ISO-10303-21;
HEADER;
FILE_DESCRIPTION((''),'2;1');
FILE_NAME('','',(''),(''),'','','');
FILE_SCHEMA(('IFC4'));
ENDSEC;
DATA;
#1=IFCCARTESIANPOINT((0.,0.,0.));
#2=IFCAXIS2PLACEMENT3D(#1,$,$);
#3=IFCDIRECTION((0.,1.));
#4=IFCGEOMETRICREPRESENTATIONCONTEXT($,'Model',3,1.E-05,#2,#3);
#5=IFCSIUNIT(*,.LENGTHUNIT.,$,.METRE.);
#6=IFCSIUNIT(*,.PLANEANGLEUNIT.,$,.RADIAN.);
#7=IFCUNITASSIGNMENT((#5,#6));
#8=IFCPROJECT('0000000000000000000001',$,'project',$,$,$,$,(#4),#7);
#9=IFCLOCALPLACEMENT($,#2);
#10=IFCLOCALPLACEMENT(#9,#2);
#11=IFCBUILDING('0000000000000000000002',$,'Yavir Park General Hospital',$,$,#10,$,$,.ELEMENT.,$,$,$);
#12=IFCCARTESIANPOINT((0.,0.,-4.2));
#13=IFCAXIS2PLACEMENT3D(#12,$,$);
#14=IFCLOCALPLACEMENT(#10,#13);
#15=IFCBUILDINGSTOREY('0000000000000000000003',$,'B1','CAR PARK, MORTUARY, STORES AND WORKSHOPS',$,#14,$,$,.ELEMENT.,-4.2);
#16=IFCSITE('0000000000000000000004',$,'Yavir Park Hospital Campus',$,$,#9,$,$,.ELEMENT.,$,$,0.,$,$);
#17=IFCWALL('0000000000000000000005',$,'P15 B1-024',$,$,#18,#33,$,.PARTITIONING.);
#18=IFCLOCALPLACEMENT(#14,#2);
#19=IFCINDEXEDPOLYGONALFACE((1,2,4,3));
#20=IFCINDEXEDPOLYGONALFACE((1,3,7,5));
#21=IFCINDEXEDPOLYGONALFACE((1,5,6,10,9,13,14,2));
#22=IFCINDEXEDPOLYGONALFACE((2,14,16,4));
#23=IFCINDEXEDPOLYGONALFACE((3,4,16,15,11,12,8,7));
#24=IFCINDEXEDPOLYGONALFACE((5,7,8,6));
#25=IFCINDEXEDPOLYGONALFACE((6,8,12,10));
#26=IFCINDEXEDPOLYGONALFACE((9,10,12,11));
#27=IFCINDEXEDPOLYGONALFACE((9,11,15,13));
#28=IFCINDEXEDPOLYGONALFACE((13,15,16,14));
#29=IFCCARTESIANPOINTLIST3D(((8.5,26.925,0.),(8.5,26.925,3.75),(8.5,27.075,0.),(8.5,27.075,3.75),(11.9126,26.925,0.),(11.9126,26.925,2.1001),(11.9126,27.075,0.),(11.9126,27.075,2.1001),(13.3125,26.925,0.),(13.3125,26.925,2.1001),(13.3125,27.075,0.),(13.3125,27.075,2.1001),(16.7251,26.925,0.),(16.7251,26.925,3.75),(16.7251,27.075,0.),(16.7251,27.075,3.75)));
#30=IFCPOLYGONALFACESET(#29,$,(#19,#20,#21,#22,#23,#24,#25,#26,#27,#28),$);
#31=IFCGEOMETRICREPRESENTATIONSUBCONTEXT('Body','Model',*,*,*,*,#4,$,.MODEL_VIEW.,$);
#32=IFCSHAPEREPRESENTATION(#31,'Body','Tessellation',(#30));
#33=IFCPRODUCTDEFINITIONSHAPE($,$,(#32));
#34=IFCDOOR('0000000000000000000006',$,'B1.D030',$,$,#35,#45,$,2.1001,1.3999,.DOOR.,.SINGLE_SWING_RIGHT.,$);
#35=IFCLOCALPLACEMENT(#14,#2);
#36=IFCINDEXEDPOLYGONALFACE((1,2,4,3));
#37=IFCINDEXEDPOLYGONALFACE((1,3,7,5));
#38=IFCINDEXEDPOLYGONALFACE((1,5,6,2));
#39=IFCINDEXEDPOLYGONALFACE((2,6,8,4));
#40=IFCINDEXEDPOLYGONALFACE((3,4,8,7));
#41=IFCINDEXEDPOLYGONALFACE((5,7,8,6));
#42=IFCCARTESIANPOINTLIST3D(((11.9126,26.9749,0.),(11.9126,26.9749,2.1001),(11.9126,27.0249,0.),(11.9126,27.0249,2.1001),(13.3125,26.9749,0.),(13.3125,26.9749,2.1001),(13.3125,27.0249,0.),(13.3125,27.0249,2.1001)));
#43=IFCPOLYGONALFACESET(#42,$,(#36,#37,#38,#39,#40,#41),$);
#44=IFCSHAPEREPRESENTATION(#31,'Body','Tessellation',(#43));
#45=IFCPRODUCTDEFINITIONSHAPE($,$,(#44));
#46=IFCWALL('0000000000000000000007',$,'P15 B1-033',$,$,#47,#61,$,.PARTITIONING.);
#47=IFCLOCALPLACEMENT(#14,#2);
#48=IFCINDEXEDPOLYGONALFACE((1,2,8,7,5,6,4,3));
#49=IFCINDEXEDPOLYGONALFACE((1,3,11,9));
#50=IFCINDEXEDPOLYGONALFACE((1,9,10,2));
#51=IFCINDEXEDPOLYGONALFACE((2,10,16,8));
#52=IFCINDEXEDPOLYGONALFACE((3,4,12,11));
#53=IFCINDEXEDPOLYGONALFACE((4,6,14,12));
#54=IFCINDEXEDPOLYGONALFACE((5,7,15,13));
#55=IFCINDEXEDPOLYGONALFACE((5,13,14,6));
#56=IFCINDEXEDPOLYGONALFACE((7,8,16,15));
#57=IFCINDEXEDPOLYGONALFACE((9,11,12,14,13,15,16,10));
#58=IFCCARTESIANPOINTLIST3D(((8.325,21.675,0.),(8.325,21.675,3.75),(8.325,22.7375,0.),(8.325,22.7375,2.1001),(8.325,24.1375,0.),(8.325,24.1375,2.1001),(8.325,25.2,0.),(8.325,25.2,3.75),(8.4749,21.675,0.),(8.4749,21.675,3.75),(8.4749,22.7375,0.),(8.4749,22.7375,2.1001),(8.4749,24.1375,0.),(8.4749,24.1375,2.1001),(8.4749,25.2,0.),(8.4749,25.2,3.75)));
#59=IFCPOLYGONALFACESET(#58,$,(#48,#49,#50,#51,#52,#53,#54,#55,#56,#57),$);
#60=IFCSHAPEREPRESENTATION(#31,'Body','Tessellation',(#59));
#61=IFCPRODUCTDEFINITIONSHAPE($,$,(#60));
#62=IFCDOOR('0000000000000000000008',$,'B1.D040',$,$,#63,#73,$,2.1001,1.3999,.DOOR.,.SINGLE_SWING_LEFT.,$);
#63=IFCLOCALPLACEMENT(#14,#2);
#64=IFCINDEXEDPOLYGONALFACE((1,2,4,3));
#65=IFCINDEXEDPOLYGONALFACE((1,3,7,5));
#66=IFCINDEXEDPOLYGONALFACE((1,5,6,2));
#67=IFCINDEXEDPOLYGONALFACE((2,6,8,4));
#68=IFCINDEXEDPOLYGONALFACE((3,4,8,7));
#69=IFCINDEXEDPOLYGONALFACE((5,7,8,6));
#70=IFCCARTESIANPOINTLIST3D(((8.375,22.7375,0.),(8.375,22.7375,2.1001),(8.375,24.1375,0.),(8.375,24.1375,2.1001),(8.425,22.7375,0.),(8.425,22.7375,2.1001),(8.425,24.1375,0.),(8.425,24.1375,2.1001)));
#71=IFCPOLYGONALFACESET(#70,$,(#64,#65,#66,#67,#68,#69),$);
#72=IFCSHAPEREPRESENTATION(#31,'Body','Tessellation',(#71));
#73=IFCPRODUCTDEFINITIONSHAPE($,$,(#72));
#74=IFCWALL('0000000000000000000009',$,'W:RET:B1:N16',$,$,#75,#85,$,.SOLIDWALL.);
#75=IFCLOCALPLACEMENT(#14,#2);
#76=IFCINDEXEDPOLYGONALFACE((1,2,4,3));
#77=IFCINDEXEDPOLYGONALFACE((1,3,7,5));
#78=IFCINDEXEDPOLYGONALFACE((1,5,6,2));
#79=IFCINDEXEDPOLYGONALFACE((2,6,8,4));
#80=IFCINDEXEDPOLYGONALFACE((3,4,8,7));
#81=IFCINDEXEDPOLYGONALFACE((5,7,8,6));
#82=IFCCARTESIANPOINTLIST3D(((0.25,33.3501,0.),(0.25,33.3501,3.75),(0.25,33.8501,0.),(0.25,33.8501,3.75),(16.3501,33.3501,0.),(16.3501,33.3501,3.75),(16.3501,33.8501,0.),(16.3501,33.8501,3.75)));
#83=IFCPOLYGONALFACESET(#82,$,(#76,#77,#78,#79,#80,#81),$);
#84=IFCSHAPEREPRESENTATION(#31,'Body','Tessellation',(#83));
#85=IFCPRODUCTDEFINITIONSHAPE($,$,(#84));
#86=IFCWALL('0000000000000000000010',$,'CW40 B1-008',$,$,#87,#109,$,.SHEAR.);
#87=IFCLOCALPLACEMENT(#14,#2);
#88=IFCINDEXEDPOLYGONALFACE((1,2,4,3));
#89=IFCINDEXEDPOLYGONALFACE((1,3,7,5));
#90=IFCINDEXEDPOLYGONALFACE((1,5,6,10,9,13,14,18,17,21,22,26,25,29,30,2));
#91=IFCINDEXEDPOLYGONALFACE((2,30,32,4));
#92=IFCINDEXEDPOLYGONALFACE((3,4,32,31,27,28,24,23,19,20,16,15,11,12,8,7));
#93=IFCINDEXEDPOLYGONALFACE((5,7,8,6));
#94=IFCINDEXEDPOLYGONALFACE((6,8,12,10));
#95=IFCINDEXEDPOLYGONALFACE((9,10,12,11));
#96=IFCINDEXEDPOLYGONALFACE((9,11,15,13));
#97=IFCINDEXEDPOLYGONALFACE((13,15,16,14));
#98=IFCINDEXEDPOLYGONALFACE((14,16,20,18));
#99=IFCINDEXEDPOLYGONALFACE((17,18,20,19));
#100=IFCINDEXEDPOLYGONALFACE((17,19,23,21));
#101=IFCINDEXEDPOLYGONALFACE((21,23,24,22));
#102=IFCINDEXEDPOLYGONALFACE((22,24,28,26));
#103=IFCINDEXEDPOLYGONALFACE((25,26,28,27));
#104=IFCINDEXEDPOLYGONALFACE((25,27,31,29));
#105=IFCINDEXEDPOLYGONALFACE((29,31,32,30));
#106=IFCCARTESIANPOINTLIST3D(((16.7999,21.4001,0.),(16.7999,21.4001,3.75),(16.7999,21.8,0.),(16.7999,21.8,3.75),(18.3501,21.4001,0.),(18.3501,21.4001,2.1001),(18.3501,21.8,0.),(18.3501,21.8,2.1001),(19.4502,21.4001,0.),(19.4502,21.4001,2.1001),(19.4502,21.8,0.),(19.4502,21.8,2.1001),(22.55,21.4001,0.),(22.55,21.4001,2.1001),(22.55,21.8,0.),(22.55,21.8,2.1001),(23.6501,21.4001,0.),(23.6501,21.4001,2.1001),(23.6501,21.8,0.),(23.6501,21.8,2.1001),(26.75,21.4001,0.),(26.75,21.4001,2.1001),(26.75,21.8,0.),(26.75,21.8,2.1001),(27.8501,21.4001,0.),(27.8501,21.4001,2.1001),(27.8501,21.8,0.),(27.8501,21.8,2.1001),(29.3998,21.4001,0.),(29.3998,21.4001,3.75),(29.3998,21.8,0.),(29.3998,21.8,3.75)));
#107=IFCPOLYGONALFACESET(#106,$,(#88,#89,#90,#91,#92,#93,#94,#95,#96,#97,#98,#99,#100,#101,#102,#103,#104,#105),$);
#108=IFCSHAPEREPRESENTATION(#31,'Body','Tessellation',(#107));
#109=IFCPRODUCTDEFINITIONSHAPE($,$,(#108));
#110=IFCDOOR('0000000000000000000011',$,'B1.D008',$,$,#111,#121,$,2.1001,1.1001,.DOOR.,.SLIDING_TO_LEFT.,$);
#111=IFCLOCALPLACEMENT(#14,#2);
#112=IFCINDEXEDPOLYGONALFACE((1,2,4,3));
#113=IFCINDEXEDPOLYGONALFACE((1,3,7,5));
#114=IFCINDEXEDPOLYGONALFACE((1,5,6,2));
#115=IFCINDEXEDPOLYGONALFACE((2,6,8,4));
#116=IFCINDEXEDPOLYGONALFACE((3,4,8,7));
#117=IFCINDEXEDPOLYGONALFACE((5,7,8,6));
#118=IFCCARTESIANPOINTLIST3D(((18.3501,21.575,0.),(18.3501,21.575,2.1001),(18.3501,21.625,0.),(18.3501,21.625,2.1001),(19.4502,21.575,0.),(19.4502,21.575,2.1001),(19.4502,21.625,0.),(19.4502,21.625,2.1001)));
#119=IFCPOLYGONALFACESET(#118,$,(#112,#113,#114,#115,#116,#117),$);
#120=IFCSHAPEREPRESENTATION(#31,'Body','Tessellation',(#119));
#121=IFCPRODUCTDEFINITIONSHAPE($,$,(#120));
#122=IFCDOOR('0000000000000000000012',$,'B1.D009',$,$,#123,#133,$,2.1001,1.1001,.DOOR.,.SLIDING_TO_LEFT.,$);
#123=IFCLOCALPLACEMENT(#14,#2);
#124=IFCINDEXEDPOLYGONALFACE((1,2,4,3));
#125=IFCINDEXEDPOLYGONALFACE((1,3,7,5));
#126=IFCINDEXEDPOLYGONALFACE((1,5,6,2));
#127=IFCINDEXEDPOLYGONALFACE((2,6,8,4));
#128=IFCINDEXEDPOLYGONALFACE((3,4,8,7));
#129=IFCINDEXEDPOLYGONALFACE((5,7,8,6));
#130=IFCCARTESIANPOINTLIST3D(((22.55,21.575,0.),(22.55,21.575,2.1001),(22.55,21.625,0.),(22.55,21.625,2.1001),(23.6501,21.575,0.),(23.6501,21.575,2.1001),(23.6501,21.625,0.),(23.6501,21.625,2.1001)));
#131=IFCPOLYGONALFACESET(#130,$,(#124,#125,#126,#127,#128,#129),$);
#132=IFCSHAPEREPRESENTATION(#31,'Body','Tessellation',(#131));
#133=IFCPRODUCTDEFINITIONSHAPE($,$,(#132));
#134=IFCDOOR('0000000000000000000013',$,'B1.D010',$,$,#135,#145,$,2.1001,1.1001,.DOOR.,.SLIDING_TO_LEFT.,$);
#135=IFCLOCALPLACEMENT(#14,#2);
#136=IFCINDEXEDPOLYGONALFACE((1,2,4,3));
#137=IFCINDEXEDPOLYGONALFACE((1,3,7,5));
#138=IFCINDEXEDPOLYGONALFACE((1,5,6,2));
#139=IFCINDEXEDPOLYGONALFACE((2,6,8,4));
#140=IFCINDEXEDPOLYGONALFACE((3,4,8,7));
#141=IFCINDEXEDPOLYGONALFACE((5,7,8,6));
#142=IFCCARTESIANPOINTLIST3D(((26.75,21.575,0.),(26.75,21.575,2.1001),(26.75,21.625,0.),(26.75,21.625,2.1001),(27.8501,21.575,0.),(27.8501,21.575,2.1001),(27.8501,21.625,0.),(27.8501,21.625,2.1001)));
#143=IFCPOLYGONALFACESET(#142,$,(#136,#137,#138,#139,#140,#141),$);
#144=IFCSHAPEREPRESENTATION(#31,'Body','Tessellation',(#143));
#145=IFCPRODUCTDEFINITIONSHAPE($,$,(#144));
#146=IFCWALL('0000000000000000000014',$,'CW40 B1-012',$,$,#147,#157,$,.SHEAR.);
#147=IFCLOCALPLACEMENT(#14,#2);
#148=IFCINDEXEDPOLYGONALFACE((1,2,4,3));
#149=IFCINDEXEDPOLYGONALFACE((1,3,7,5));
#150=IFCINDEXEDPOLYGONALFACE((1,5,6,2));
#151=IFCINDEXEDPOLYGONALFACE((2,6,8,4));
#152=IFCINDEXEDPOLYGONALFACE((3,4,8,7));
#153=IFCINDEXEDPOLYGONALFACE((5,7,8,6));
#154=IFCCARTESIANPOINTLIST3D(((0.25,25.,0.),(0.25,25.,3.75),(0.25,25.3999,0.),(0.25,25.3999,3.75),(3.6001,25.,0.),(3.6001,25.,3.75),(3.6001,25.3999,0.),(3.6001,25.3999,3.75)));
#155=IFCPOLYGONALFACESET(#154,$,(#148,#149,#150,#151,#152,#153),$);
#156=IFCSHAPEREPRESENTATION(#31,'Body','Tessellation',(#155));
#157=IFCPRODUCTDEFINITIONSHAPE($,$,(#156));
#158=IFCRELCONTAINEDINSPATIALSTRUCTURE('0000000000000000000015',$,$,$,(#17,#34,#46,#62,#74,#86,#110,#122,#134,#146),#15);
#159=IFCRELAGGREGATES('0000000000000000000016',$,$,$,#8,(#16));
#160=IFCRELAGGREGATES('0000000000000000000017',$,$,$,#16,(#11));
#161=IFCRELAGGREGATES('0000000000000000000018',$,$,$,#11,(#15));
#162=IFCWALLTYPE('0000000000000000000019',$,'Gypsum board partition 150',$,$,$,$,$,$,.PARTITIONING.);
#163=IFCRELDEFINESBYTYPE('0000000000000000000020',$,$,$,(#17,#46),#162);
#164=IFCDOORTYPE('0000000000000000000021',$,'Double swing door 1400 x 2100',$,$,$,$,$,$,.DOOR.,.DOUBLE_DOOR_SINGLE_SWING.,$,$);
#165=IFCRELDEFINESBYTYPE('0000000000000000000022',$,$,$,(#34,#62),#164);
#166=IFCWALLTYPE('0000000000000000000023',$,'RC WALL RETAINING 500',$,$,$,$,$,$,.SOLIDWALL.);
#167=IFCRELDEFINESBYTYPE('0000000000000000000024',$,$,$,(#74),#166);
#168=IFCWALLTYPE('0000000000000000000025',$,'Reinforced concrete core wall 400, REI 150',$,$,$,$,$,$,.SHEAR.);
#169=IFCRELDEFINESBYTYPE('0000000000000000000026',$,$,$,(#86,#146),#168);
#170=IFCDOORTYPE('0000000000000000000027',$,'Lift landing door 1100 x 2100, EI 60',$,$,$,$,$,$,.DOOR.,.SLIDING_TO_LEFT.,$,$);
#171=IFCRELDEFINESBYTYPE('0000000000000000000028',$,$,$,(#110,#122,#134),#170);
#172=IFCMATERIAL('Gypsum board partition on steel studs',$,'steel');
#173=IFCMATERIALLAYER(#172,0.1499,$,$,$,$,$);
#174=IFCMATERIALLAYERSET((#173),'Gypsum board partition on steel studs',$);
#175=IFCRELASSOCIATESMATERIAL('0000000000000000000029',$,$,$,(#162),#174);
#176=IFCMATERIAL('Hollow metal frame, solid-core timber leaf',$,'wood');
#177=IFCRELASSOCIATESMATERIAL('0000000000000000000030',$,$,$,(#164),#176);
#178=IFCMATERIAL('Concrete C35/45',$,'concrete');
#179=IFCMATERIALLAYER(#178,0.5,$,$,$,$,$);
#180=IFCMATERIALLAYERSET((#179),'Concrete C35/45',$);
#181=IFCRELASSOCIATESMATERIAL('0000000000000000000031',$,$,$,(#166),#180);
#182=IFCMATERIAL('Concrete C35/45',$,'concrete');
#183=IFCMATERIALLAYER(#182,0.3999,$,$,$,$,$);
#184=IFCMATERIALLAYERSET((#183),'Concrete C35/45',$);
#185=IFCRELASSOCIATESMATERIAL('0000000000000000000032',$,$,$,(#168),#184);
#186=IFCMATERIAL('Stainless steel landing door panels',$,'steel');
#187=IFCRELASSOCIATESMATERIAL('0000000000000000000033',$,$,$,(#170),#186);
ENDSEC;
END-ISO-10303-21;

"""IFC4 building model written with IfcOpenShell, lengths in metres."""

from ifc_helpers import new_model, si_unit, direction, frame, frame_2d, origin, place, context, subcontext, project, spatial, rectangle, extrude, material, layer, layer_set, type_object, element, fill, save


model = new_model("IFC4")

# Units and contexts
model_context = context("Model", 3, precision=1e-05, world=origin(), true_north=direction((0.0, 1.0)))
body_context = subcontext(model_context, "Body", "Model", "MODEL_VIEW")
ifc_project = project(units=[si_unit("LENGTHUNIT", "METRE"), si_unit("PLANEANGLEUNIT", "RADIAN")], contexts=[model_context])

# Site, building, storey
site_placement = place(None, origin())
site = spatial("IfcSite", under=ifc_project, at=site_placement, Name="Yavir Park Hospital Campus", CompositionType="ELEMENT", RefElevation=0.0)
building_placement = place(site_placement, origin())
building = spatial("IfcBuilding", under=site, at=building_placement, Name="Yavir Park General Hospital", CompositionType="ELEMENT")
storey_placement = place(building_placement, frame((0.0, 0.0, -4.2)))
storey = spatial("IfcBuildingStorey", under=building, at=storey_placement, Name="B1", Description="CAR PARK, MORTUARY, STORES AND WORKSHOPS", CompositionType="ELEMENT", Elevation=-4.2)

# Shared definitions
ifc_material_1 = material(Name="Gypsum board partition on steel studs", Category="steel")
ifc_layer_1 = layer(ifc_material_1, 0.1499)
ifc_layer_set_1 = layer_set([ifc_layer_1], Name="Gypsum board partition on steel studs")
wall_type_1 = type_object("IfcWallType", Name="Gypsum board partition 150", PredefinedType="PARTITIONING", material=ifc_layer_set_1)
ifc_material_2 = material(Name="Hollow metal frame, solid-core timber leaf", Category="wood")
door_type_1 = type_object("IfcDoorType", Name="Double swing door 1400 x 2100", OperationType="DOUBLE_DOOR_SINGLE_SWING", PredefinedType="DOOR", material=ifc_material_2)

# Walls, openings, doors
wall_1_placement = place(storey_placement, frame((8.5, 27.0, 0.0), z_axis=(0.0, 0.0, 1.0), x_axis=(1.0, 0.0, 0.0)))
wall_1 = element("IfcWall", 1, at=wall_1_placement, inside=storey, type_object=wall_type_1, Name="P15 B1-024", PredefinedType="PARTITIONING", context=body_context, shape_type="SweptSolid", body=[
    extrude(rectangle(XDim=8.2251, YDim=0.1499, at=frame_2d((4.1125, 0.0))), origin(), (0.0, 0.0, 1.0), 3.75),
])
opening_1_placement = place(wall_1_placement, frame((3.4126, 0.0, 0.0)))
opening_1 = element("IfcOpeningElement", 2, at=opening_1_placement, cuts=wall_1, PredefinedType="OPENING", context=body_context, shape_type="SweptSolid", body=[
    extrude(rectangle(XDim=1.3999, YDim=2.1001, at=frame_2d((0.7, 1.05))), frame((0.0, 0.085, 0.0), z_axis=(0.0, -1.0, 0.0), x_axis=(1.0, 0.0, 0.0)), (0.0, 0.0, 1.0), 0.1699),
])
door_1_placement = place(opening_1_placement, origin())
door_1 = element("IfcDoor", 3, at=door_1_placement, inside=storey, type_object=door_type_1, Name="B1.D030", OperationType="SINGLE_SWING_RIGHT", OverallHeight=2.1001, OverallWidth=1.3999, PredefinedType="DOOR", context=body_context, shape_type="SweptSolid", body=[
    extrude(rectangle(XDim=1.3999, YDim=2.1001, at=frame_2d((0.7, 1.05))), frame((0.0, 0.0249, 0.0), z_axis=(0.0, -1.0, 0.0), x_axis=(1.0, 0.0, 0.0)), (0.0, 0.0, 1.0), 0.05),
])
fill(opening_1, door_1)
wall_2_placement = place(storey_placement, frame((8.3999, 21.675, 0.0), z_axis=(0.0, 0.0, 1.0), x_axis=(0.0, 1.0, 0.0)))
wall_2 = element("IfcWall", 4, at=wall_2_placement, inside=storey, type_object=wall_type_1, Name="P15 B1-033", PredefinedType="PARTITIONING", context=body_context, shape_type="SweptSolid", body=[
    extrude(rectangle(XDim=3.5249, YDim=0.1499, at=frame_2d((1.7625, 0.0))), origin(), (0.0, 0.0, 1.0), 3.75),
])
opening_2_placement = place(wall_2_placement, frame((1.0625, 0.0, 0.0)))
opening_2 = element("IfcOpeningElement", 5, at=opening_2_placement, cuts=wall_2, PredefinedType="OPENING", context=body_context, shape_type="SweptSolid", body=[
    extrude(rectangle(XDim=1.3999, YDim=2.1001, at=frame_2d((0.7, 1.05))), frame((0.0, 0.085, 0.0), z_axis=(0.0, -1.0, 0.0), x_axis=(1.0, 0.0, 0.0)), (0.0, 0.0, 1.0), 0.1699),
])
door_2_placement = place(opening_2_placement, origin())
door_2 = element("IfcDoor", 6, at=door_2_placement, inside=storey, type_object=door_type_1, Name="B1.D040", OperationType="SINGLE_SWING_LEFT", OverallHeight=2.1001, OverallWidth=1.3999, PredefinedType="DOOR", context=body_context, shape_type="SweptSolid", body=[
    extrude(rectangle(XDim=1.3999, YDim=2.1001, at=frame_2d((0.7, 1.05))), frame((0.0, 0.0249, 0.0), z_axis=(0.0, -1.0, 0.0), x_axis=(1.0, 0.0, 0.0)), (0.0, 0.0, 1.0), 0.05),
])
fill(opening_2, door_2)

# Wall
ifc_material_3 = material(Name="Concrete C35/45", Category="concrete")
ifc_layer_2 = layer(ifc_material_3, 0.5)
ifc_layer_set_2 = layer_set([ifc_layer_2], Name="Concrete C35/45")
wall_type_2 = type_object("IfcWallType", Name="RC WALL RETAINING 500", PredefinedType="SOLIDWALL", material=ifc_layer_set_2)
wall_3_placement = place(storey_placement, frame((0.25, 33.6001, 0.0), z_axis=(0.0, 0.0, 1.0), x_axis=(1.0, 0.0, 0.0)))
element("IfcWall", 7, at=wall_3_placement, inside=storey, type_object=wall_type_2, Name="W:RET:B1:N16", PredefinedType="SOLIDWALL", context=body_context, shape_type="SweptSolid", body=[
    extrude(rectangle(XDim=16.1001, YDim=0.5, at=frame_2d((8.05, 0.0))), origin(), (0.0, 0.0, 1.0), 3.75),
])

# Wall, openings, doors
ifc_material_4 = material(Name="Concrete C35/45", Category="concrete")
ifc_layer_3 = layer(ifc_material_4, 0.3999)
ifc_layer_set_3 = layer_set([ifc_layer_3], Name="Concrete C35/45")
wall_type_3 = type_object("IfcWallType", Name="Reinforced concrete core wall 400, REI 150", PredefinedType="SHEAR", material=ifc_layer_set_3)
wall_4_placement = place(storey_placement, frame((16.8, 21.6001, 0.0), z_axis=(0.0, 0.0, 1.0), x_axis=(1.0, 0.0, 0.0)))
wall_4 = element("IfcWall", 8, at=wall_4_placement, inside=storey, type_object=wall_type_3, Name="CW40 B1-008", PredefinedType="SHEAR", context=body_context, shape_type="SweptSolid", body=[
    extrude(rectangle(XDim=12.5999, YDim=0.3999, at=frame_2d((6.2998, 0.0))), origin(), (0.0, 0.0, 1.0), 3.75),
])
opening_3_placement = place(wall_4_placement, frame((1.55, 0.0, 0.0)))
opening_3 = element("IfcOpeningElement", 9, at=opening_3_placement, cuts=wall_4, PredefinedType="OPENING", context=body_context, shape_type="SweptSolid", body=[
    extrude(rectangle(XDim=1.1001, YDim=2.1001, at=frame_2d((0.55, 1.05))), frame((0.0, 0.21, 0.0), z_axis=(0.0, -1.0, 0.0), x_axis=(1.0, 0.0, 0.0)), (0.0, 0.0, 1.0), 0.4199),
])
opening_4_placement = place(wall_4_placement, frame((5.75, 0.0, 0.0)))
opening_4 = element("IfcOpeningElement", 10, at=opening_4_placement, cuts=wall_4, PredefinedType="OPENING", context=body_context, shape_type="SweptSolid", body=[
    extrude(rectangle(XDim=1.1001, YDim=2.1001, at=frame_2d((0.55, 1.05))), frame((0.0, 0.21, 0.0), z_axis=(0.0, -1.0, 0.0), x_axis=(1.0, 0.0, 0.0)), (0.0, 0.0, 1.0), 0.4199),
])
opening_5_placement = place(wall_4_placement, frame((9.95, 0.0, 0.0)))
opening_5 = element("IfcOpeningElement", 11, at=opening_5_placement, cuts=wall_4, PredefinedType="OPENING", context=body_context, shape_type="SweptSolid", body=[
    extrude(rectangle(XDim=1.1001, YDim=2.1001, at=frame_2d((0.55, 1.05))), frame((0.0, 0.21, 0.0), z_axis=(0.0, -1.0, 0.0), x_axis=(1.0, 0.0, 0.0)), (0.0, 0.0, 1.0), 0.4199),
])
ifc_material_5 = material(Name="Stainless steel landing door panels", Category="steel")
door_type_2 = type_object("IfcDoorType", Name="Lift landing door 1100 x 2100, EI 60", OperationType="SLIDING_TO_LEFT", PredefinedType="DOOR", material=ifc_material_5)
door_3_placement = place(opening_3_placement, origin())
door_3 = element("IfcDoor", 12, at=door_3_placement, inside=storey, type_object=door_type_2, Name="B1.D008", OperationType="SLIDING_TO_LEFT", OverallHeight=2.1001, OverallWidth=1.1001, PredefinedType="DOOR", context=body_context, shape_type="SweptSolid", body=[
    extrude(rectangle(XDim=1.1001, YDim=2.1001, at=frame_2d((0.55, 1.05))), frame((0.0, 0.0249, 0.0), z_axis=(0.0, -1.0, 0.0), x_axis=(1.0, 0.0, 0.0)), (0.0, 0.0, 1.0), 0.05),
])
fill(opening_3, door_3)
door_4_placement = place(opening_4_placement, origin())
door_4 = element("IfcDoor", 13, at=door_4_placement, inside=storey, type_object=door_type_2, Name="B1.D009", OperationType="SLIDING_TO_LEFT", OverallHeight=2.1001, OverallWidth=1.1001, PredefinedType="DOOR", context=body_context, shape_type="SweptSolid", body=[
    extrude(rectangle(XDim=1.1001, YDim=2.1001, at=frame_2d((0.55, 1.05))), frame((0.0, 0.0249, 0.0), z_axis=(0.0, -1.0, 0.0), x_axis=(1.0, 0.0, 0.0)), (0.0, 0.0, 1.0), 0.05),
])
fill(opening_4, door_4)
door_5_placement = place(opening_5_placement, origin())
door_5 = element("IfcDoor", 14, at=door_5_placement, inside=storey, type_object=door_type_2, Name="B1.D010", OperationType="SLIDING_TO_LEFT", OverallHeight=2.1001, OverallWidth=1.1001, PredefinedType="DOOR", context=body_context, shape_type="SweptSolid", body=[
    extrude(rectangle(XDim=1.1001, YDim=2.1001, at=frame_2d((0.55, 1.05))), frame((0.0, 0.0249, 0.0), z_axis=(0.0, -1.0, 0.0), x_axis=(1.0, 0.0, 0.0)), (0.0, 0.0, 1.0), 0.05),
])
fill(opening_5, door_5)

# Wall
wall_5_placement = place(storey_placement, frame((0.25, 25.2, 0.0), z_axis=(0.0, 0.0, 1.0), x_axis=(1.0, 0.0, 0.0)))
element("IfcWall", 15, at=wall_5_placement, inside=storey, type_object=wall_type_3, Name="CW40 B1-012", PredefinedType="SHEAR", context=body_context, shape_type="SweptSolid", body=[
    extrude(rectangle(XDim=3.3501, YDim=0.3999, at=frame_2d((1.675, 0.0))), origin(), (0.0, 0.0, 1.0), 3.75),
])

save(model, "model.ifc")
